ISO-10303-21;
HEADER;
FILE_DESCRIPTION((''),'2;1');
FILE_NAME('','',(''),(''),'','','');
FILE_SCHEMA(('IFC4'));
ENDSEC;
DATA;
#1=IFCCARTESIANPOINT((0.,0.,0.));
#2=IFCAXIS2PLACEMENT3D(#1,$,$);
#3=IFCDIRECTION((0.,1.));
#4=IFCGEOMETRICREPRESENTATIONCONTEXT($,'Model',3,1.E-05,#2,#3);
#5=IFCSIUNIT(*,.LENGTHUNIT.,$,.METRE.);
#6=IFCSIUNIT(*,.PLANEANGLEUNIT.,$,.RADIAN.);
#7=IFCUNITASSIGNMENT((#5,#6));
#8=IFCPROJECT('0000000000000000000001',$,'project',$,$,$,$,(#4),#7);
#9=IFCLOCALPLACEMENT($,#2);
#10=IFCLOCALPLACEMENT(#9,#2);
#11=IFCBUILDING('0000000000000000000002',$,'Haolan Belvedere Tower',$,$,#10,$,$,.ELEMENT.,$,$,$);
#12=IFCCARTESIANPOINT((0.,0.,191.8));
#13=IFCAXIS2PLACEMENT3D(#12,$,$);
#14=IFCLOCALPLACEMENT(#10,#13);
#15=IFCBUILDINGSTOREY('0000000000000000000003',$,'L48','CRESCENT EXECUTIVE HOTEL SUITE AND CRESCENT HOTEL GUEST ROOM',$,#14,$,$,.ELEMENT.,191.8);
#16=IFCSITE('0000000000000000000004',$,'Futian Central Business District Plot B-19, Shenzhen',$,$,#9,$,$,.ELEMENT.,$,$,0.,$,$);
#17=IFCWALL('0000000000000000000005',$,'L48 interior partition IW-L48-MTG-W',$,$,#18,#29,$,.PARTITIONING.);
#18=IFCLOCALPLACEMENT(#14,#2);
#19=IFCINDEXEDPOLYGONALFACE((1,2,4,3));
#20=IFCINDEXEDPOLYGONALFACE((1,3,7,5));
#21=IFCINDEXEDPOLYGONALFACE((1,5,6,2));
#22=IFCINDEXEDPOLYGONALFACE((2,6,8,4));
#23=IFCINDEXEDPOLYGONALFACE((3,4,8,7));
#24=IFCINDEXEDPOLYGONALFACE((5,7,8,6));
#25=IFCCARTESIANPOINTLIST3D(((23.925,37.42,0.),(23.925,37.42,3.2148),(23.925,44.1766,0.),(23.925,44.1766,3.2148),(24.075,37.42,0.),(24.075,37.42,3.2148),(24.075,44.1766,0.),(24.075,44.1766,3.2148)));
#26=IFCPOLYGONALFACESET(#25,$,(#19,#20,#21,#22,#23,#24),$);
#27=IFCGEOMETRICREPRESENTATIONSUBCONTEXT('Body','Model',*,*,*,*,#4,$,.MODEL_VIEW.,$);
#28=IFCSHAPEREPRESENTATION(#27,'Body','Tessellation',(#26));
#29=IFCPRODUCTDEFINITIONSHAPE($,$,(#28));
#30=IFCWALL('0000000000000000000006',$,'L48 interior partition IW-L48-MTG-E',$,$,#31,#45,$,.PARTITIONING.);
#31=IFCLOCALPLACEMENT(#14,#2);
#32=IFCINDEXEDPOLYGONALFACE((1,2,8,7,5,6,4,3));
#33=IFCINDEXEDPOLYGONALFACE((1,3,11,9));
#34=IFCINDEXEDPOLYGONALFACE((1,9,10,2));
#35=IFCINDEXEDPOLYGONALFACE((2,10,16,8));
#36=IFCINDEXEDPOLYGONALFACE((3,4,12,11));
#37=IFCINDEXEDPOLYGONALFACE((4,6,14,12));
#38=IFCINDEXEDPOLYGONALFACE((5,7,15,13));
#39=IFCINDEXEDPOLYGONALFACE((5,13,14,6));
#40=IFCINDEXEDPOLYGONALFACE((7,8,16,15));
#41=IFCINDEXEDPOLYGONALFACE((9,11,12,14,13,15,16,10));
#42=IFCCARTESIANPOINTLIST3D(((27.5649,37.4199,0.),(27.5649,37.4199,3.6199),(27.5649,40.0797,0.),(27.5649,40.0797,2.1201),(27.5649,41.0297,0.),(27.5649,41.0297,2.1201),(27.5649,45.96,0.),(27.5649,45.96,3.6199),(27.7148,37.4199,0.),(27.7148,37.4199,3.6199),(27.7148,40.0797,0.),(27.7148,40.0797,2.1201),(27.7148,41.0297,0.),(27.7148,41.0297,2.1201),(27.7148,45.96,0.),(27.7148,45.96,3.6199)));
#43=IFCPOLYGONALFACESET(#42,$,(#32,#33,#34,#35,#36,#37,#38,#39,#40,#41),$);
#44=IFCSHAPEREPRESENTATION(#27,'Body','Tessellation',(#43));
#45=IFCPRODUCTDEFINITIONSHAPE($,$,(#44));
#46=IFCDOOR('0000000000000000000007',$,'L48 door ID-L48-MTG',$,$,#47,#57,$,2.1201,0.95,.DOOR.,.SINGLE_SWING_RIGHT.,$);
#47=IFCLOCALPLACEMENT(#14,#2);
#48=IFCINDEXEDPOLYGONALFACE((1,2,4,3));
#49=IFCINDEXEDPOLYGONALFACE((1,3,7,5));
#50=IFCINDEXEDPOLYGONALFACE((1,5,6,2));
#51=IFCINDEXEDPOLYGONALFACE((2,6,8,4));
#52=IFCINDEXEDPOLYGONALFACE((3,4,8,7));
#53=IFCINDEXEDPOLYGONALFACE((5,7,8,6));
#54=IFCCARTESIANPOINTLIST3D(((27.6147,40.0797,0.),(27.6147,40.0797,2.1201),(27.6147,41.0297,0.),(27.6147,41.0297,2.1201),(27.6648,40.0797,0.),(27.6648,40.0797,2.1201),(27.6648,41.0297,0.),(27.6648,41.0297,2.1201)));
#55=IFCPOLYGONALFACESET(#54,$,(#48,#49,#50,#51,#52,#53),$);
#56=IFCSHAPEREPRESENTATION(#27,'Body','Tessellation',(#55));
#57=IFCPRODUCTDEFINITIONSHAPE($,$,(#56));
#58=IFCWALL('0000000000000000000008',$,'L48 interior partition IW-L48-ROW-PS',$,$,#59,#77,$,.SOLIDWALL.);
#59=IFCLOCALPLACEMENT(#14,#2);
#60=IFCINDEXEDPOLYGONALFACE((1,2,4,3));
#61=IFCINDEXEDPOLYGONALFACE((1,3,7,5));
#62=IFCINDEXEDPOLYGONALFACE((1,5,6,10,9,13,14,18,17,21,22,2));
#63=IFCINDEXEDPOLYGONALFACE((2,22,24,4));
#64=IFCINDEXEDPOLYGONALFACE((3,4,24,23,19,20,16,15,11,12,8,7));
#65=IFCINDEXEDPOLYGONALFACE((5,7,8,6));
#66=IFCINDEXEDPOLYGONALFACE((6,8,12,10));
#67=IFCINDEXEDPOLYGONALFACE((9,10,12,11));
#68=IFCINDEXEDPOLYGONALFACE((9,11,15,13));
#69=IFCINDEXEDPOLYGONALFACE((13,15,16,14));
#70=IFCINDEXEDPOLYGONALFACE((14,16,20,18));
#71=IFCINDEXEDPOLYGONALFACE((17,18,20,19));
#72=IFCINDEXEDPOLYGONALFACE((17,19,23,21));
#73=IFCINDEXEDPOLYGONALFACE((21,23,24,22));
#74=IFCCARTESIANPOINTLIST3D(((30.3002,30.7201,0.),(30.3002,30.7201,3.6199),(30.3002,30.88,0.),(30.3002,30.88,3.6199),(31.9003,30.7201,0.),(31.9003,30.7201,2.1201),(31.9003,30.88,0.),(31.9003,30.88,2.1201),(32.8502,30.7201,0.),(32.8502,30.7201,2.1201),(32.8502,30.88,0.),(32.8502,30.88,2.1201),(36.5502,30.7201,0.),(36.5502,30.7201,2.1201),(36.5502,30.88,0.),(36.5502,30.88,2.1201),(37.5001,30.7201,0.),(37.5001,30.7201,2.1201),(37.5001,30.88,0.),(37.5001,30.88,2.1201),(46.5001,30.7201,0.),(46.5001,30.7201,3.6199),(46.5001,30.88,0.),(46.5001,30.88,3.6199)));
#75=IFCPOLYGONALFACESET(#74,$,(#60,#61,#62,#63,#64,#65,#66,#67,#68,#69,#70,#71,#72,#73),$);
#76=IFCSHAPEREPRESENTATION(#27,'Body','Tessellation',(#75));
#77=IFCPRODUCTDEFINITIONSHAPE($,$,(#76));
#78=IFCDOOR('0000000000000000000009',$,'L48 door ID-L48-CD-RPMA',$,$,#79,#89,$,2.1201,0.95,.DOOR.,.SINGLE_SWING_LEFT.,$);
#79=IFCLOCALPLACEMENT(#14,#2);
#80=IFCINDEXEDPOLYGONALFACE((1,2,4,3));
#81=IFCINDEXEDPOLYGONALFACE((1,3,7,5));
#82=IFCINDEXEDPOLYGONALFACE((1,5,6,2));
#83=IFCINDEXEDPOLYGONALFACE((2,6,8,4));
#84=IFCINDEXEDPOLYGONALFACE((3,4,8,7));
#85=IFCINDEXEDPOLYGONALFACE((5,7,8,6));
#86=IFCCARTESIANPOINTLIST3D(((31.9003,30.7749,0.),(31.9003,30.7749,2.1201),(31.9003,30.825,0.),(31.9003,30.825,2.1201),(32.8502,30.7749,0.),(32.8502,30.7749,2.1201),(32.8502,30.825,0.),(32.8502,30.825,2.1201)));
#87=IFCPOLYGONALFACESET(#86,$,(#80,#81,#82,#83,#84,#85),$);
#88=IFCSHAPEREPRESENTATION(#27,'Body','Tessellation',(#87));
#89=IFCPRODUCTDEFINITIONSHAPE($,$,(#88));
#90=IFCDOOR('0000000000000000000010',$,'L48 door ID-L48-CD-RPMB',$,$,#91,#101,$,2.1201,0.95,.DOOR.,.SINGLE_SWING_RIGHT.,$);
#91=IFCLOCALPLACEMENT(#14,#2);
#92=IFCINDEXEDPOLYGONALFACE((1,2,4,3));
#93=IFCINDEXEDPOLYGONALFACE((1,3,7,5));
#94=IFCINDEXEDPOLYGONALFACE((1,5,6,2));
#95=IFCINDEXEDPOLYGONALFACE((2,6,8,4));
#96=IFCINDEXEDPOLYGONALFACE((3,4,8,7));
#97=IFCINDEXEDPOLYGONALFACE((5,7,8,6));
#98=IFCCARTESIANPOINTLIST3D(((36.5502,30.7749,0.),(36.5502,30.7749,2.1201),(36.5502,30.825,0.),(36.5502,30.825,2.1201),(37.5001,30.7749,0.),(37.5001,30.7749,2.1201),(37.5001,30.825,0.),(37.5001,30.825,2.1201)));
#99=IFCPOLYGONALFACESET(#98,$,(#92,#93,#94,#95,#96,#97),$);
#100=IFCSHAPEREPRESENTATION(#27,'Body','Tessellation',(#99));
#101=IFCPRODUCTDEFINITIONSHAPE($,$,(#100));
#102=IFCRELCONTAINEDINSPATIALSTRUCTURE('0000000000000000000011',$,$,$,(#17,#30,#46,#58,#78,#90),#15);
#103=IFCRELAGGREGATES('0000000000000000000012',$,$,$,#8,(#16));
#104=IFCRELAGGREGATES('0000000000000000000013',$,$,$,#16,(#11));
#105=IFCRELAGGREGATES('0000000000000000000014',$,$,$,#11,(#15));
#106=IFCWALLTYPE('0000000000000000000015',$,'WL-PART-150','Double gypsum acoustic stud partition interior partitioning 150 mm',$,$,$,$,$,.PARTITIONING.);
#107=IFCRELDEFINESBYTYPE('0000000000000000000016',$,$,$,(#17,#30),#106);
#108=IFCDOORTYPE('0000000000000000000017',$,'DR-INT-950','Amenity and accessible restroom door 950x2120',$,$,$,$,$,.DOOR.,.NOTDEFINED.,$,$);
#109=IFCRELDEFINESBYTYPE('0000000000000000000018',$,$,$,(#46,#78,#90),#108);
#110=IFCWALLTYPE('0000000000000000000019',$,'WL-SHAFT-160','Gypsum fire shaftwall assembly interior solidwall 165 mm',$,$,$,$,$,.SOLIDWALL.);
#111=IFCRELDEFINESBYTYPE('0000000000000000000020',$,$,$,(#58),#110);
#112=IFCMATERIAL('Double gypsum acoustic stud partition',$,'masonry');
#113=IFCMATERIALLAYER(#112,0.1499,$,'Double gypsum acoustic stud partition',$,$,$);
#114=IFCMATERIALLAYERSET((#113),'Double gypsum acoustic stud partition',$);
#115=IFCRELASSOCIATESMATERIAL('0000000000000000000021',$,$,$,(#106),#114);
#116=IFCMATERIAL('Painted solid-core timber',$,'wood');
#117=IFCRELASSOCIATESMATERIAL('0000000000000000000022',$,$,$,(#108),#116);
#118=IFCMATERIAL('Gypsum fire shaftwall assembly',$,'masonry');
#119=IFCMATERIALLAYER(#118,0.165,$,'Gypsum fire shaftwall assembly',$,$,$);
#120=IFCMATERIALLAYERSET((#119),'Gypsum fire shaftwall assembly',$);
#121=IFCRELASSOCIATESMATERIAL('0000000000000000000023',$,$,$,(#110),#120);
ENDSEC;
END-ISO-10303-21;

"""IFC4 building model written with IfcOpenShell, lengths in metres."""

from ifc_helpers import new_model, si_unit, direction, frame, frame_2d, origin, place, context, subcontext, project, spatial, rectangle, extrude, material, layer, layer_set, type_object, element, fill, save


model = new_model("IFC4")

# Units and contexts
model_context = context("Model", 3, precision=1e-05, world=origin(), true_north=direction((0.0, 1.0)))
body_context = subcontext(model_context, "Body", "Model", "MODEL_VIEW")
ifc_project = project(units=[si_unit("LENGTHUNIT", "METRE"), si_unit("PLANEANGLEUNIT", "RADIAN")], contexts=[model_context])

# Site, building, storey
site_placement = place(None, origin())
site = spatial("IfcSite", under=ifc_project, at=site_placement, Name="Futian Central Business District Plot B-19, Shenzhen", CompositionType="ELEMENT", RefElevation=0.0)
building_placement = place(site_placement, origin())
building = spatial("IfcBuilding", under=site, at=building_placement, Name="Haolan Belvedere Tower", CompositionType="ELEMENT")
storey_placement = place(building_placement, frame((0.0, 0.0, 191.8)))
storey = spatial("IfcBuildingStorey", under=building, at=storey_placement, Name="L48", Description="CRESCENT EXECUTIVE HOTEL SUITE AND CRESCENT HOTEL GUEST ROOM", CompositionType="ELEMENT", Elevation=191.8)

# Shared definitions
ifc_material_1 = material(Name="Double gypsum acoustic stud partition", Category="masonry")
ifc_layer_1 = layer(ifc_material_1, 0.1499, Name="Double gypsum acoustic stud partition")
ifc_layer_set_1 = layer_set([ifc_layer_1], Name="Double gypsum acoustic stud partition")
wall_type_1 = type_object("IfcWallType", Name="WL-PART-150", Description="Double gypsum acoustic stud partition interior partitioning 150 mm", PredefinedType="PARTITIONING", material=ifc_layer_set_1)
ifc_material_2 = material(Name="Painted solid-core timber", Category="wood")
door_type_1 = type_object("IfcDoorType", Name="DR-INT-950", Description="Amenity and accessible restroom door 950x2120", OperationType="NOTDEFINED", PredefinedType="DOOR", material=ifc_material_2)

# Wall
wall_1_placement = place(storey_placement, frame((24.0, 37.4199, 0.0), z_axis=(0.0, 0.0, 1.0), x_axis=(0.0, 1.0, 0.0)))
element("IfcWall", 1, at=wall_1_placement, inside=storey, type_object=wall_type_1, Name="L48 interior partition IW-L48-MTG-W", PredefinedType="PARTITIONING", context=body_context, shape_type="SweptSolid", body=[
    extrude(rectangle(XDim=6.7566, YDim=0.1499, at=frame_2d((3.3784, 0.0))), origin(), (0.0, 0.0, 1.0), 3.2148),
])

# Wall, opening, door
wall_2_placement = place(storey_placement, frame((27.6399, 37.4199, 0.0), z_axis=(0.0, 0.0, 1.0), x_axis=(0.0, 1.0, 0.0)))
wall_2 = element("IfcWall", 2, at=wall_2_placement, inside=storey, type_object=wall_type_1, Name="L48 interior partition IW-L48-MTG-E", PredefinedType="PARTITIONING", context=body_context, shape_type="SweptSolid", body=[
    extrude(rectangle(XDim=8.54, YDim=0.1499, at=frame_2d((4.27, 0.0))), origin(), (0.0, 0.0, 1.0), 3.6199),
])
opening_1_placement = place(wall_2_placement, frame((3.6099, 0.0, 0.0), z_axis=(0.0, 0.0, 1.0), x_axis=(-1.0, 0.0, 0.0)))
opening_1 = element("IfcOpeningElement", 3, at=opening_1_placement, cuts=wall_2, PredefinedType="OPENING", context=body_context, shape_type="SweptSolid", body=[
    extrude(rectangle(XDim=0.95, YDim=2.1201, at=frame_2d((0.4751, 1.0601))), frame((0.0, 0.085, 0.0), z_axis=(0.0, -1.0, 0.0), x_axis=(1.0, 0.0, 0.0)), (0.0, 0.0, 1.0), 0.1699),
])
door_1_placement = place(opening_1_placement, origin())
door_1 = element("IfcDoor", 4, at=door_1_placement, inside=storey, type_object=door_type_1, Name="L48 door ID-L48-MTG", OperationType="SINGLE_SWING_RIGHT", OverallHeight=2.1201, OverallWidth=0.95, PredefinedType="DOOR", context=body_context, shape_type="SweptSolid", body=[
    extrude(rectangle(XDim=0.95, YDim=2.1201, at=frame_2d((0.4751, 1.0601))), frame((0.0, 0.0249, 0.0), z_axis=(0.0, -1.0, 0.0), x_axis=(1.0, 0.0, 0.0)), (0.0, 0.0, 1.0), 0.05),
])
fill(opening_1, door_1)

# Wall, openings, doors
ifc_material_3 = material(Name="Gypsum fire shaftwall assembly", Category="masonry")
ifc_layer_2 = layer(ifc_material_3, 0.165, Name="Gypsum fire shaftwall assembly")
ifc_layer_set_2 = layer_set([ifc_layer_2], Name="Gypsum fire shaftwall assembly")
wall_type_2 = type_object("IfcWallType", Name="WL-SHAFT-160", Description="Gypsum fire shaftwall assembly interior solidwall 165 mm", PredefinedType="SOLIDWALL", material=ifc_layer_set_2)
wall_3_placement = place(storey_placement, frame((30.3, 30.8, 0.0), z_axis=(0.0, 0.0, 1.0), x_axis=(1.0, 0.0, 0.0)))
wall_3 = element("IfcWall", 5, at=wall_3_placement, inside=storey, type_object=wall_type_2, Name="L48 interior partition IW-L48-ROW-PS", PredefinedType="SOLIDWALL", context=body_context, shape_type="SweptSolid", body=[
    extrude(rectangle(XDim=16.2, YDim=0.1599, at=frame_2d((8.1001, 0.0))), origin(), (0.0, 0.0, 1.0), 3.6199),
])
opening_2_placement = place(wall_3_placement, frame((1.6001, 0.0, 0.0)))
opening_2 = element("IfcOpeningElement", 6, at=opening_2_placement, cuts=wall_3, PredefinedType="OPENING", context=body_context, shape_type="SweptSolid", body=[
    extrude(rectangle(XDim=0.95, YDim=2.1201, at=frame_2d((0.4751, 1.0601))), frame((0.0, 0.0898, 0.0), z_axis=(0.0, -1.0, 0.0), x_axis=(1.0, 0.0, 0.0)), (0.0, 0.0, 1.0), 0.1799),
])
opening_3_placement = place(wall_3_placement, frame((6.25, 0.0, 0.0)))
opening_3 = element("IfcOpeningElement", 7, at=opening_3_placement, cuts=wall_3, PredefinedType="OPENING", context=body_context, shape_type="SweptSolid", body=[
    extrude(rectangle(XDim=0.95, YDim=2.1201, at=frame_2d((0.4751, 1.0601))), frame((0.0, 0.0898, 0.0), z_axis=(0.0, -1.0, 0.0), x_axis=(1.0, 0.0, 0.0)), (0.0, 0.0, 1.0), 0.1799),
])
door_2_placement = place(opening_2_placement, origin())
door_2 = element("IfcDoor", 8, at=door_2_placement, inside=storey, type_object=door_type_1, Name="L48 door ID-L48-CD-RPMA", OperationType="SINGLE_SWING_LEFT", OverallHeight=2.1201, OverallWidth=0.95, PredefinedType="DOOR", context=body_context, shape_type="SweptSolid", body=[
    extrude(rectangle(XDim=0.95, YDim=2.1201, at=frame_2d((0.4751, 1.0601))), frame((0.0, 0.0249, 0.0), z_axis=(0.0, -1.0, 0.0), x_axis=(1.0, 0.0, 0.0)), (0.0, 0.0, 1.0), 0.05),
])
fill(opening_2, door_2)
door_3_placement = place(opening_3_placement, origin())
door_3 = element("IfcDoor", 9, at=door_3_placement, inside=storey, type_object=door_type_1, Name="L48 door ID-L48-CD-RPMB", OperationType="SINGLE_SWING_RIGHT", OverallHeight=2.1201, OverallWidth=0.95, PredefinedType="DOOR", context=body_context, shape_type="SweptSolid", body=[
    extrude(rectangle(XDim=0.95, YDim=2.1201, at=frame_2d((0.4751, 1.0601))), frame((0.0, 0.0249, 0.0), z_axis=(0.0, -1.0, 0.0), x_axis=(1.0, 0.0, 0.0)), (0.0, 0.0, 1.0), 0.05),
])
fill(opening_3, door_3)

save(model, "model.ifc")
